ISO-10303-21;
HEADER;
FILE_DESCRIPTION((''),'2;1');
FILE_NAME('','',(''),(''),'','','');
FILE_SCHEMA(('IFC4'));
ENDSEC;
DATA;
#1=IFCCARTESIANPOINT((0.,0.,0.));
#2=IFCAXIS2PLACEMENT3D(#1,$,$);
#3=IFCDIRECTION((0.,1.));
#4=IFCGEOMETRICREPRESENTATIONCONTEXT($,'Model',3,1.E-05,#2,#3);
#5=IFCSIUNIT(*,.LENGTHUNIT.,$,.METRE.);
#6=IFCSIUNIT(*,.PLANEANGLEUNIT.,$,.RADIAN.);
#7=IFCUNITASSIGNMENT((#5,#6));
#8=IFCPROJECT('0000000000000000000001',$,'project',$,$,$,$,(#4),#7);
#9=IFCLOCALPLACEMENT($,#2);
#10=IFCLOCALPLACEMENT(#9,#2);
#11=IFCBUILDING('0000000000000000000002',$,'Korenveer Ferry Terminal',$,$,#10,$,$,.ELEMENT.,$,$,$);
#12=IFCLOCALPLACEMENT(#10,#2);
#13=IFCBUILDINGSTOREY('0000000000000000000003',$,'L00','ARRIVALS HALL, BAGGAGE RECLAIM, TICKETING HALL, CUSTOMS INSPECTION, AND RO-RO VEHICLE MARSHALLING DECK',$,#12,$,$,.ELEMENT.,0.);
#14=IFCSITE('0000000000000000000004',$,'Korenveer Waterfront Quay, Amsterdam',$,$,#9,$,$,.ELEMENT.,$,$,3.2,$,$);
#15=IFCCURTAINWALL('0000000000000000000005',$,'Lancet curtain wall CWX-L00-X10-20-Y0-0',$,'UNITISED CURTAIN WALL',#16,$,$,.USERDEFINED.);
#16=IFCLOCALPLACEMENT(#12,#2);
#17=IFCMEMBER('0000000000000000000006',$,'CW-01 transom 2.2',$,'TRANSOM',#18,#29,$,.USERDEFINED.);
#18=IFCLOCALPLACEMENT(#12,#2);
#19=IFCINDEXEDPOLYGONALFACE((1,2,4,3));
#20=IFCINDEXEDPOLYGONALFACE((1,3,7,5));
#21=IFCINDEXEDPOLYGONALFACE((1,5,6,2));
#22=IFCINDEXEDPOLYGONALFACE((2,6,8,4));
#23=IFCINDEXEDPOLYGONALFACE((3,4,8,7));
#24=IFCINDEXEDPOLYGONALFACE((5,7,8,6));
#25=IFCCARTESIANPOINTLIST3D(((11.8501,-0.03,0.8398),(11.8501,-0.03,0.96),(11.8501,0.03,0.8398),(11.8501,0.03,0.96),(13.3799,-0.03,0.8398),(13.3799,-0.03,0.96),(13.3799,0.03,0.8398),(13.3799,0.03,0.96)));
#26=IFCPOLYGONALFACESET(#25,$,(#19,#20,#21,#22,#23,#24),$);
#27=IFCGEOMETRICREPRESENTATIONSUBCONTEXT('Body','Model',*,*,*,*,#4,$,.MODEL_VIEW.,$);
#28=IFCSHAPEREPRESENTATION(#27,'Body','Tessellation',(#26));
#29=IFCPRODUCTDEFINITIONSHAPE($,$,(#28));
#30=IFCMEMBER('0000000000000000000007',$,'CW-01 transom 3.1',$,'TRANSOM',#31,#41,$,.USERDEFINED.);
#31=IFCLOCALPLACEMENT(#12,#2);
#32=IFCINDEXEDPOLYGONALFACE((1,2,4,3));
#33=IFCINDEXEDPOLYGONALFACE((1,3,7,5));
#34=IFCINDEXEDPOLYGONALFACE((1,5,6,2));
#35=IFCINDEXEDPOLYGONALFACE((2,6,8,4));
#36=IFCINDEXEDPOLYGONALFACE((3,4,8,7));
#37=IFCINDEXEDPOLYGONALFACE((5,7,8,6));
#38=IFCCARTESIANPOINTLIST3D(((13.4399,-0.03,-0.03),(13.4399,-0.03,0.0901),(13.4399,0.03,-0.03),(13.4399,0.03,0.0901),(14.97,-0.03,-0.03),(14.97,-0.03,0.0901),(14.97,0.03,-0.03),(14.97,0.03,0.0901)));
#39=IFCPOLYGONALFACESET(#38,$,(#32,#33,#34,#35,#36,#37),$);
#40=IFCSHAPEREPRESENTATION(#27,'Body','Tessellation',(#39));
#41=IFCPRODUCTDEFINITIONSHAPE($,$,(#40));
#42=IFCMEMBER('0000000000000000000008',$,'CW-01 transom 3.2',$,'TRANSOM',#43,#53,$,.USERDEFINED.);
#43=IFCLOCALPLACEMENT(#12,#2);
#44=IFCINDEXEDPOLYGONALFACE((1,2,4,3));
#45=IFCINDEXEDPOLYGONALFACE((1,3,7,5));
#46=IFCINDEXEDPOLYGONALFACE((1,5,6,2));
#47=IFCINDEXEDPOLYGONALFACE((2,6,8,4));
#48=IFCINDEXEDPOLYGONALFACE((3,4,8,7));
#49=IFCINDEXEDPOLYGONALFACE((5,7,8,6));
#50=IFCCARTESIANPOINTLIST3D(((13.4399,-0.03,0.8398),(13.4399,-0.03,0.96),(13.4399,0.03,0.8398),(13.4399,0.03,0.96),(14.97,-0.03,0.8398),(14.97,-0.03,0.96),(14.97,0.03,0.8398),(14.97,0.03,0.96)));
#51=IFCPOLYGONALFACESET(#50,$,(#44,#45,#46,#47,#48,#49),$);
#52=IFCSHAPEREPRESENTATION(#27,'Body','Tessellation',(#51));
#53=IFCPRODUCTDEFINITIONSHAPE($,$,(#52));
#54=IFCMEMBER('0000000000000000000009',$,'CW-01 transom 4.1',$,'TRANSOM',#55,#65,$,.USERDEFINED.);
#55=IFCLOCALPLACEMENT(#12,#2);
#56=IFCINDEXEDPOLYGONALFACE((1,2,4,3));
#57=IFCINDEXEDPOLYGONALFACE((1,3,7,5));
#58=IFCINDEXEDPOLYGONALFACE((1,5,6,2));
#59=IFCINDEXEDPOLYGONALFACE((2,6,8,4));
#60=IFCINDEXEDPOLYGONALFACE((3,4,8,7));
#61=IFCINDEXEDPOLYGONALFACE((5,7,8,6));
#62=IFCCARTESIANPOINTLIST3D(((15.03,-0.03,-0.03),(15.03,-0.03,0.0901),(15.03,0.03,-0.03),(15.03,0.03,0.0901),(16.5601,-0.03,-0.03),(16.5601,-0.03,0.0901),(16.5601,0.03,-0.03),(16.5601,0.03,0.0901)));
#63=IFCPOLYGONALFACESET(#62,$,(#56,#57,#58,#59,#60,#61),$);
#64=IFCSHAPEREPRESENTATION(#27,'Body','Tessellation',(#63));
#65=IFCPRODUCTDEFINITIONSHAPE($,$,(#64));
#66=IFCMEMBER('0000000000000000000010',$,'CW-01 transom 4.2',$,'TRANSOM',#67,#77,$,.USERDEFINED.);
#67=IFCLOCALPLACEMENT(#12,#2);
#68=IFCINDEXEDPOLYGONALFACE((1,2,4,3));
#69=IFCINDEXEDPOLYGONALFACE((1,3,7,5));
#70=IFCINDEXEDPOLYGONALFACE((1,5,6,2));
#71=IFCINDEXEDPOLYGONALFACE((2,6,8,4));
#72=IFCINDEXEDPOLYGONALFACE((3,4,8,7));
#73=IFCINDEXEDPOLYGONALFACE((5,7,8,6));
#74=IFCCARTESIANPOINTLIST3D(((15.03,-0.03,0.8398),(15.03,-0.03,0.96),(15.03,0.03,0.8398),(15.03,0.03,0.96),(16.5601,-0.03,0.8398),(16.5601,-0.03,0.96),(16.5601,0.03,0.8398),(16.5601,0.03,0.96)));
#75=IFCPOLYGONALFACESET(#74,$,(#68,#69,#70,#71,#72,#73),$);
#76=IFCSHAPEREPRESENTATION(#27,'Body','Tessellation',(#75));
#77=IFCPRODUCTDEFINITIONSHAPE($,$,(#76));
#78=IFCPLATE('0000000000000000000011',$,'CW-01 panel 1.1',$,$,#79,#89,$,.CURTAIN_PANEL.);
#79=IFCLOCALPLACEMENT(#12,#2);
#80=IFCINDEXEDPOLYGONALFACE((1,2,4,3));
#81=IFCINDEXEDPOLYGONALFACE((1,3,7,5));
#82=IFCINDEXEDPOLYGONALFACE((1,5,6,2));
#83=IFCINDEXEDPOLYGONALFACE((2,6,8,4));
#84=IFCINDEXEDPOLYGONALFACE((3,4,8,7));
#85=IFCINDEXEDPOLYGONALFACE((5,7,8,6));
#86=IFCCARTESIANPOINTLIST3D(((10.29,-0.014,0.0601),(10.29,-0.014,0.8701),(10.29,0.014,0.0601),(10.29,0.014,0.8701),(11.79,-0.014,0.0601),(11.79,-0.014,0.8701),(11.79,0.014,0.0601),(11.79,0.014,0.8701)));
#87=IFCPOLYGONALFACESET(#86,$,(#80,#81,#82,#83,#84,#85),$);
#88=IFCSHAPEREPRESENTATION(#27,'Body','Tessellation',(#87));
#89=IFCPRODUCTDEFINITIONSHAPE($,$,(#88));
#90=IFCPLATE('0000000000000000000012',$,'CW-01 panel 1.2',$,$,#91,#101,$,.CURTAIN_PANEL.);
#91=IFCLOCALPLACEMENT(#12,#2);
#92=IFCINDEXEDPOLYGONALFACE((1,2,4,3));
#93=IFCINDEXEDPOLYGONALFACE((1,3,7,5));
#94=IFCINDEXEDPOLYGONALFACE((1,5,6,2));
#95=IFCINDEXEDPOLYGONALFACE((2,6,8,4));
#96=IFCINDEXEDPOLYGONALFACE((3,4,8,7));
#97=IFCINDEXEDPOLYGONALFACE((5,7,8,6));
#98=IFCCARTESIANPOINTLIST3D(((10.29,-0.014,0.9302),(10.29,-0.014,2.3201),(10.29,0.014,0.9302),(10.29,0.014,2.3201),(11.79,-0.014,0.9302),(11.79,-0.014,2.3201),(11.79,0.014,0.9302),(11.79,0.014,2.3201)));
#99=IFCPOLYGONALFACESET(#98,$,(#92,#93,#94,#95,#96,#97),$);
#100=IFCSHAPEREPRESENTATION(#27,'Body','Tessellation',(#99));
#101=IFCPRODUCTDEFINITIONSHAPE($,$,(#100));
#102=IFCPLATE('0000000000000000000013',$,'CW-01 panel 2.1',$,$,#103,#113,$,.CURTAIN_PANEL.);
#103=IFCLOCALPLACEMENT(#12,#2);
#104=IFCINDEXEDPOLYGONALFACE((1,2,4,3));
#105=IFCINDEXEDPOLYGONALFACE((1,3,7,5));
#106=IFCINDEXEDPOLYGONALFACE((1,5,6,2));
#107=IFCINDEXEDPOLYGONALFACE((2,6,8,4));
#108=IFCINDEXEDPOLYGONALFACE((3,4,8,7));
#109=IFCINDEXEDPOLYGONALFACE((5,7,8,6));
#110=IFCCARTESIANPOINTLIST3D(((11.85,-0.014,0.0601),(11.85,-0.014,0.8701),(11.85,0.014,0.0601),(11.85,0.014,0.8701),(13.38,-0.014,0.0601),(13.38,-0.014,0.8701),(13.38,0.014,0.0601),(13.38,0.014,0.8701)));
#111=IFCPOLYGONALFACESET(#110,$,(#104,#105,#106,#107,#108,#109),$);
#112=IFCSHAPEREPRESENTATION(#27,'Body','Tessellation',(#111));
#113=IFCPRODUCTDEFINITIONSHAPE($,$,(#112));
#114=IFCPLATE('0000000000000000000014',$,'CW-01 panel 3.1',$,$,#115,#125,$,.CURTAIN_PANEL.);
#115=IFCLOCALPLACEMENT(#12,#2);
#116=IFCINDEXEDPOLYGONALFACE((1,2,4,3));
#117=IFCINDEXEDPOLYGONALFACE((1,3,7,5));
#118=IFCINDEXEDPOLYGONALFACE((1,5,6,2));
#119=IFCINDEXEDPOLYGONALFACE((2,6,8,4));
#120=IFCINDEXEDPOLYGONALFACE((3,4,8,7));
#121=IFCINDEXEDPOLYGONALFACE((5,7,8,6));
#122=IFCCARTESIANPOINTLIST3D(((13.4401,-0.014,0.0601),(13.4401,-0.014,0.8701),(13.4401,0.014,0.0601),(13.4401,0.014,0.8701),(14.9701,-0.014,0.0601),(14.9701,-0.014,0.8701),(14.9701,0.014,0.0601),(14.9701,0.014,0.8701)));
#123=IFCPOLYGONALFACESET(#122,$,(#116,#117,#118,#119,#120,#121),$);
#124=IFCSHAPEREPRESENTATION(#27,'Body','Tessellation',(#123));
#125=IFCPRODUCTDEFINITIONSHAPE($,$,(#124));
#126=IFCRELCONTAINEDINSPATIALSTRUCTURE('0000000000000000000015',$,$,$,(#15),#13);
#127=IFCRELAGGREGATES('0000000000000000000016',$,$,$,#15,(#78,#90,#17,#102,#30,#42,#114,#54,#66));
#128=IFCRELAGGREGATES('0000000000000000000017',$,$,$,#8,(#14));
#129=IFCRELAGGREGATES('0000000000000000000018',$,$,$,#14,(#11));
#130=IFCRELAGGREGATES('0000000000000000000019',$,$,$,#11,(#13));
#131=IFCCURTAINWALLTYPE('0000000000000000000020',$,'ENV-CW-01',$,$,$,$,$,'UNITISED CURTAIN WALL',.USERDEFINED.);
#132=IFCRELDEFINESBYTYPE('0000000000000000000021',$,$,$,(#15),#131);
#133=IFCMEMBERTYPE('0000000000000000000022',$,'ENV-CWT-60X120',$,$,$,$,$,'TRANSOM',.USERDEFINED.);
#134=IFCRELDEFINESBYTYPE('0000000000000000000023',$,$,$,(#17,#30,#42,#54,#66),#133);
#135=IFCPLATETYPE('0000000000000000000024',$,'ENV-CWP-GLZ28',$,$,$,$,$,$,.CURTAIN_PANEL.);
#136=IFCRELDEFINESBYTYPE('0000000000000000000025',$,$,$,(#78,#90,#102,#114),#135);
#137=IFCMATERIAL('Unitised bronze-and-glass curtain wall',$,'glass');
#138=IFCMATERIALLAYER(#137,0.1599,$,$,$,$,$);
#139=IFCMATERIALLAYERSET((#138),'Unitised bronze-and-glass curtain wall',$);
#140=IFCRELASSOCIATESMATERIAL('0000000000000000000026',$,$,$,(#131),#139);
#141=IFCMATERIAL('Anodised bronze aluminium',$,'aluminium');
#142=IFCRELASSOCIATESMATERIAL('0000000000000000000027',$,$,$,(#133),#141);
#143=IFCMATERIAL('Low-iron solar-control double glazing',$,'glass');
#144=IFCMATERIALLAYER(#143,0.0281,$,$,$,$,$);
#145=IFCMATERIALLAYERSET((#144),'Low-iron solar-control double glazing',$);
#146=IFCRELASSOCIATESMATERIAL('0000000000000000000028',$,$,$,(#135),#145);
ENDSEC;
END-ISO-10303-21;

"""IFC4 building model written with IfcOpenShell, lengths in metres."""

from ifc_helpers import new_model, si_unit, direction, frame, origin, origin_2d, place, context, subcontext, project, spatial, rectangle, extrude, material, layer, layer_set, material_profile, profile_set, type_object, element, aggregate, save


model = new_model("IFC4")

# Units and contexts
model_context = context("Model", 3, precision=1e-05, world=origin(), true_north=direction((0.0, 1.0)))
body_context = subcontext(model_context, "Body", "Model", "MODEL_VIEW")
ifc_project = project(units=[si_unit("LENGTHUNIT", "METRE"), si_unit("PLANEANGLEUNIT", "RADIAN")], contexts=[model_context])

# Site, building, storey
site_placement = place(None, origin())
site = spatial("IfcSite", under=ifc_project, at=site_placement, Name="Korenveer Waterfront Quay, Amsterdam", CompositionType="ELEMENT", RefElevation=3.2)
building_placement = place(site_placement, origin())
building = spatial("IfcBuilding", under=site, at=building_placement, Name="Korenveer Ferry Terminal", CompositionType="ELEMENT")
storey_placement = place(building_placement, origin())
storey = spatial("IfcBuildingStorey", under=building, at=storey_placement, Name="L00", Description="ARRIVALS HALL, BAGGAGE RECLAIM, TICKETING HALL, CUSTOMS INSPECTION, AND RO-RO VEHICLE MARSHALLING DECK", CompositionType="ELEMENT", Elevation=0.0)

# Curtain wall, members, plates
ifc_material_1 = material(Name="Unitised bronze-and-glass curtain wall", Category="glass")
ifc_layer_1 = layer(ifc_material_1, 0.1599)
ifc_layer_set_1 = layer_set([ifc_layer_1], Name="Unitised bronze-and-glass curtain wall")
curtain_wall_type = type_object("IfcCurtainWallType", Name="ENV-CW-01", ElementType="UNITISED CURTAIN WALL", PredefinedType="USERDEFINED", material=ifc_layer_set_1)
curtain_wall_placement = place(storey_placement, frame((10.23, 0.0, 0.0)))
curtain_wall = element("IfcCurtainWall", 1, at=curtain_wall_placement, inside=storey, type_object=curtain_wall_type, Name="Lancet curtain wall CWX-L00-X10-20-Y0-0", ObjectType="UNITISED CURTAIN WALL", PredefinedType="USERDEFINED")
ifc_material_2 = material(Name="Anodised bronze aluminium", Category="aluminium")
ifc_material_profile_1 = material_profile(ifc_material_2, rectangle(XDim=0.0601, YDim=0.1201, at=origin_2d()), Name="ALU 60x120")
ifc_profile_set_1 = profile_set([ifc_material_profile_1], Name="Anodised bronze aluminium")
member_type_1 = type_object("IfcMemberType", Name="ENV-CWT-60X120", ElementType="TRANSOM", PredefinedType="USERDEFINED", material=ifc_profile_set_1)
member_1_placement = place(storey_placement, frame((11.8501, 0.0, 0.8999), z_axis=(1.0, 0.0, 0.0), x_axis=(0.0, 1.0, 0.0)))
member_1 = element("IfcMember", 2, at=member_1_placement, type_object=member_type_1, Name="CW-01 transom 2.2", ObjectType="TRANSOM", PredefinedType="USERDEFINED", context=body_context, shape_type="SweptSolid", body=[
    extrude(rectangle(XDim=0.0601, YDim=0.1201, at=origin_2d()), origin(), (0.0, 0.0, 1.0), 1.5298),
])
member_2_placement = place(storey_placement, frame((13.4399, 0.0, 0.03), z_axis=(1.0, 0.0, 0.0), x_axis=(0.0, 1.0, 0.0)))
member_2 = element("IfcMember", 3, at=member_2_placement, type_object=member_type_1, Name="CW-01 transom 3.1", ObjectType="TRANSOM", PredefinedType="USERDEFINED", context=body_context, shape_type="SweptSolid", body=[
    extrude(rectangle(XDim=0.0601, YDim=0.1201, at=origin_2d()), origin(), (0.0, 0.0, 1.0), 1.53),
])
member_3_placement = place(storey_placement, frame((13.4399, 0.0, 0.8999), z_axis=(1.0, 0.0, 0.0), x_axis=(0.0, 1.0, 0.0)))
member_3 = element("IfcMember", 4, at=member_3_placement, type_object=member_type_1, Name="CW-01 transom 3.2", ObjectType="TRANSOM", PredefinedType="USERDEFINED", context=body_context, shape_type="SweptSolid", body=[
    extrude(rectangle(XDim=0.0601, YDim=0.1201, at=origin_2d()), origin(), (0.0, 0.0, 1.0), 1.53),
])
member_4_placement = place(storey_placement, frame((15.03, 0.0, 0.03), z_axis=(1.0, 0.0, 0.0), x_axis=(0.0, 1.0, 0.0)))
member_4 = element("IfcMember", 5, at=member_4_placement, type_object=member_type_1, Name="CW-01 transom 4.1", ObjectType="TRANSOM", PredefinedType="USERDEFINED", context=body_context, shape_type="SweptSolid", body=[
    extrude(rectangle(XDim=0.0601, YDim=0.1201, at=origin_2d()), origin(), (0.0, 0.0, 1.0), 1.53),
])
member_5_placement = place(storey_placement, frame((15.03, 0.0, 0.8999), z_axis=(1.0, 0.0, 0.0), x_axis=(0.0, 1.0, 0.0)))
member_5 = element("IfcMember", 6, at=member_5_placement, type_object=member_type_1, Name="CW-01 transom 4.2", ObjectType="TRANSOM", PredefinedType="USERDEFINED", context=body_context, shape_type="SweptSolid", body=[
    extrude(rectangle(XDim=0.0601, YDim=0.1201, at=origin_2d()), origin(), (0.0, 0.0, 1.0), 1.53),
])
ifc_material_3 = material(Name="Low-iron solar-control double glazing", Category="glass")
ifc_layer_2 = layer(ifc_material_3, 0.0281)
ifc_layer_set_2 = layer_set([ifc_layer_2], Name="Low-iron solar-control double glazing")
plate_type = type_object("IfcPlateType", Name="ENV-CWP-GLZ28", PredefinedType="CURTAIN_PANEL", material=ifc_layer_set_2)
plate_1_placement = place(storey_placement, frame((11.04, 0.0, 0.0601), z_axis=(0.0, 0.0, 1.0), x_axis=(1.0, 0.0, 0.0)))
plate_1 = element("IfcPlate", 7, at=plate_1_placement, type_object=plate_type, Name="CW-01 panel 1.1", PredefinedType="CURTAIN_PANEL", context=body_context, shape_type="SweptSolid", body=[
    extrude(rectangle(XDim=1.5, YDim=0.0281, at=origin_2d()), origin(), (0.0, 0.0, 1.0), 0.8101),
])
plate_2_placement = place(storey_placement, frame((11.04, 0.0, 0.9302), z_axis=(0.0, 0.0, 1.0), x_axis=(1.0, 0.0, 0.0)))
plate_2 = element("IfcPlate", 8, at=plate_2_placement, type_object=plate_type, Name="CW-01 panel 1.2", PredefinedType="CURTAIN_PANEL", context=body_context, shape_type="SweptSolid", body=[
    extrude(rectangle(XDim=1.5, YDim=0.0281, at=origin_2d()), origin(), (0.0, 0.0, 1.0), 1.3899),
])
plate_3_placement = place(storey_placement, frame((12.615, 0.0, 0.0601), z_axis=(0.0, 0.0, 1.0), x_axis=(1.0, 0.0, 0.0)))
plate_3 = element("IfcPlate", 9, at=plate_3_placement, type_object=plate_type, Name="CW-01 panel 2.1", PredefinedType="CURTAIN_PANEL", context=body_context, shape_type="SweptSolid", body=[
    extrude(rectangle(XDim=1.53, YDim=0.0281, at=origin_2d()), origin(), (0.0, 0.0, 1.0), 0.8101),
])
plate_4_placement = place(storey_placement, frame((14.2051, 0.0, 0.0601), z_axis=(0.0, 0.0, 1.0), x_axis=(1.0, 0.0, 0.0)))
plate_4 = element("IfcPlate", 10, at=plate_4_placement, type_object=plate_type, Name="CW-01 panel 3.1", PredefinedType="CURTAIN_PANEL", context=body_context, shape_type="SweptSolid", body=[
    extrude(rectangle(XDim=1.53, YDim=0.0281, at=origin_2d()), origin(), (0.0, 0.0, 1.0), 0.8101),
])
aggregate(curtain_wall, [plate_1, plate_2, member_1, plate_3, member_2, member_3, plate_4, member_4, member_5])

save(model, "model.ifc")
